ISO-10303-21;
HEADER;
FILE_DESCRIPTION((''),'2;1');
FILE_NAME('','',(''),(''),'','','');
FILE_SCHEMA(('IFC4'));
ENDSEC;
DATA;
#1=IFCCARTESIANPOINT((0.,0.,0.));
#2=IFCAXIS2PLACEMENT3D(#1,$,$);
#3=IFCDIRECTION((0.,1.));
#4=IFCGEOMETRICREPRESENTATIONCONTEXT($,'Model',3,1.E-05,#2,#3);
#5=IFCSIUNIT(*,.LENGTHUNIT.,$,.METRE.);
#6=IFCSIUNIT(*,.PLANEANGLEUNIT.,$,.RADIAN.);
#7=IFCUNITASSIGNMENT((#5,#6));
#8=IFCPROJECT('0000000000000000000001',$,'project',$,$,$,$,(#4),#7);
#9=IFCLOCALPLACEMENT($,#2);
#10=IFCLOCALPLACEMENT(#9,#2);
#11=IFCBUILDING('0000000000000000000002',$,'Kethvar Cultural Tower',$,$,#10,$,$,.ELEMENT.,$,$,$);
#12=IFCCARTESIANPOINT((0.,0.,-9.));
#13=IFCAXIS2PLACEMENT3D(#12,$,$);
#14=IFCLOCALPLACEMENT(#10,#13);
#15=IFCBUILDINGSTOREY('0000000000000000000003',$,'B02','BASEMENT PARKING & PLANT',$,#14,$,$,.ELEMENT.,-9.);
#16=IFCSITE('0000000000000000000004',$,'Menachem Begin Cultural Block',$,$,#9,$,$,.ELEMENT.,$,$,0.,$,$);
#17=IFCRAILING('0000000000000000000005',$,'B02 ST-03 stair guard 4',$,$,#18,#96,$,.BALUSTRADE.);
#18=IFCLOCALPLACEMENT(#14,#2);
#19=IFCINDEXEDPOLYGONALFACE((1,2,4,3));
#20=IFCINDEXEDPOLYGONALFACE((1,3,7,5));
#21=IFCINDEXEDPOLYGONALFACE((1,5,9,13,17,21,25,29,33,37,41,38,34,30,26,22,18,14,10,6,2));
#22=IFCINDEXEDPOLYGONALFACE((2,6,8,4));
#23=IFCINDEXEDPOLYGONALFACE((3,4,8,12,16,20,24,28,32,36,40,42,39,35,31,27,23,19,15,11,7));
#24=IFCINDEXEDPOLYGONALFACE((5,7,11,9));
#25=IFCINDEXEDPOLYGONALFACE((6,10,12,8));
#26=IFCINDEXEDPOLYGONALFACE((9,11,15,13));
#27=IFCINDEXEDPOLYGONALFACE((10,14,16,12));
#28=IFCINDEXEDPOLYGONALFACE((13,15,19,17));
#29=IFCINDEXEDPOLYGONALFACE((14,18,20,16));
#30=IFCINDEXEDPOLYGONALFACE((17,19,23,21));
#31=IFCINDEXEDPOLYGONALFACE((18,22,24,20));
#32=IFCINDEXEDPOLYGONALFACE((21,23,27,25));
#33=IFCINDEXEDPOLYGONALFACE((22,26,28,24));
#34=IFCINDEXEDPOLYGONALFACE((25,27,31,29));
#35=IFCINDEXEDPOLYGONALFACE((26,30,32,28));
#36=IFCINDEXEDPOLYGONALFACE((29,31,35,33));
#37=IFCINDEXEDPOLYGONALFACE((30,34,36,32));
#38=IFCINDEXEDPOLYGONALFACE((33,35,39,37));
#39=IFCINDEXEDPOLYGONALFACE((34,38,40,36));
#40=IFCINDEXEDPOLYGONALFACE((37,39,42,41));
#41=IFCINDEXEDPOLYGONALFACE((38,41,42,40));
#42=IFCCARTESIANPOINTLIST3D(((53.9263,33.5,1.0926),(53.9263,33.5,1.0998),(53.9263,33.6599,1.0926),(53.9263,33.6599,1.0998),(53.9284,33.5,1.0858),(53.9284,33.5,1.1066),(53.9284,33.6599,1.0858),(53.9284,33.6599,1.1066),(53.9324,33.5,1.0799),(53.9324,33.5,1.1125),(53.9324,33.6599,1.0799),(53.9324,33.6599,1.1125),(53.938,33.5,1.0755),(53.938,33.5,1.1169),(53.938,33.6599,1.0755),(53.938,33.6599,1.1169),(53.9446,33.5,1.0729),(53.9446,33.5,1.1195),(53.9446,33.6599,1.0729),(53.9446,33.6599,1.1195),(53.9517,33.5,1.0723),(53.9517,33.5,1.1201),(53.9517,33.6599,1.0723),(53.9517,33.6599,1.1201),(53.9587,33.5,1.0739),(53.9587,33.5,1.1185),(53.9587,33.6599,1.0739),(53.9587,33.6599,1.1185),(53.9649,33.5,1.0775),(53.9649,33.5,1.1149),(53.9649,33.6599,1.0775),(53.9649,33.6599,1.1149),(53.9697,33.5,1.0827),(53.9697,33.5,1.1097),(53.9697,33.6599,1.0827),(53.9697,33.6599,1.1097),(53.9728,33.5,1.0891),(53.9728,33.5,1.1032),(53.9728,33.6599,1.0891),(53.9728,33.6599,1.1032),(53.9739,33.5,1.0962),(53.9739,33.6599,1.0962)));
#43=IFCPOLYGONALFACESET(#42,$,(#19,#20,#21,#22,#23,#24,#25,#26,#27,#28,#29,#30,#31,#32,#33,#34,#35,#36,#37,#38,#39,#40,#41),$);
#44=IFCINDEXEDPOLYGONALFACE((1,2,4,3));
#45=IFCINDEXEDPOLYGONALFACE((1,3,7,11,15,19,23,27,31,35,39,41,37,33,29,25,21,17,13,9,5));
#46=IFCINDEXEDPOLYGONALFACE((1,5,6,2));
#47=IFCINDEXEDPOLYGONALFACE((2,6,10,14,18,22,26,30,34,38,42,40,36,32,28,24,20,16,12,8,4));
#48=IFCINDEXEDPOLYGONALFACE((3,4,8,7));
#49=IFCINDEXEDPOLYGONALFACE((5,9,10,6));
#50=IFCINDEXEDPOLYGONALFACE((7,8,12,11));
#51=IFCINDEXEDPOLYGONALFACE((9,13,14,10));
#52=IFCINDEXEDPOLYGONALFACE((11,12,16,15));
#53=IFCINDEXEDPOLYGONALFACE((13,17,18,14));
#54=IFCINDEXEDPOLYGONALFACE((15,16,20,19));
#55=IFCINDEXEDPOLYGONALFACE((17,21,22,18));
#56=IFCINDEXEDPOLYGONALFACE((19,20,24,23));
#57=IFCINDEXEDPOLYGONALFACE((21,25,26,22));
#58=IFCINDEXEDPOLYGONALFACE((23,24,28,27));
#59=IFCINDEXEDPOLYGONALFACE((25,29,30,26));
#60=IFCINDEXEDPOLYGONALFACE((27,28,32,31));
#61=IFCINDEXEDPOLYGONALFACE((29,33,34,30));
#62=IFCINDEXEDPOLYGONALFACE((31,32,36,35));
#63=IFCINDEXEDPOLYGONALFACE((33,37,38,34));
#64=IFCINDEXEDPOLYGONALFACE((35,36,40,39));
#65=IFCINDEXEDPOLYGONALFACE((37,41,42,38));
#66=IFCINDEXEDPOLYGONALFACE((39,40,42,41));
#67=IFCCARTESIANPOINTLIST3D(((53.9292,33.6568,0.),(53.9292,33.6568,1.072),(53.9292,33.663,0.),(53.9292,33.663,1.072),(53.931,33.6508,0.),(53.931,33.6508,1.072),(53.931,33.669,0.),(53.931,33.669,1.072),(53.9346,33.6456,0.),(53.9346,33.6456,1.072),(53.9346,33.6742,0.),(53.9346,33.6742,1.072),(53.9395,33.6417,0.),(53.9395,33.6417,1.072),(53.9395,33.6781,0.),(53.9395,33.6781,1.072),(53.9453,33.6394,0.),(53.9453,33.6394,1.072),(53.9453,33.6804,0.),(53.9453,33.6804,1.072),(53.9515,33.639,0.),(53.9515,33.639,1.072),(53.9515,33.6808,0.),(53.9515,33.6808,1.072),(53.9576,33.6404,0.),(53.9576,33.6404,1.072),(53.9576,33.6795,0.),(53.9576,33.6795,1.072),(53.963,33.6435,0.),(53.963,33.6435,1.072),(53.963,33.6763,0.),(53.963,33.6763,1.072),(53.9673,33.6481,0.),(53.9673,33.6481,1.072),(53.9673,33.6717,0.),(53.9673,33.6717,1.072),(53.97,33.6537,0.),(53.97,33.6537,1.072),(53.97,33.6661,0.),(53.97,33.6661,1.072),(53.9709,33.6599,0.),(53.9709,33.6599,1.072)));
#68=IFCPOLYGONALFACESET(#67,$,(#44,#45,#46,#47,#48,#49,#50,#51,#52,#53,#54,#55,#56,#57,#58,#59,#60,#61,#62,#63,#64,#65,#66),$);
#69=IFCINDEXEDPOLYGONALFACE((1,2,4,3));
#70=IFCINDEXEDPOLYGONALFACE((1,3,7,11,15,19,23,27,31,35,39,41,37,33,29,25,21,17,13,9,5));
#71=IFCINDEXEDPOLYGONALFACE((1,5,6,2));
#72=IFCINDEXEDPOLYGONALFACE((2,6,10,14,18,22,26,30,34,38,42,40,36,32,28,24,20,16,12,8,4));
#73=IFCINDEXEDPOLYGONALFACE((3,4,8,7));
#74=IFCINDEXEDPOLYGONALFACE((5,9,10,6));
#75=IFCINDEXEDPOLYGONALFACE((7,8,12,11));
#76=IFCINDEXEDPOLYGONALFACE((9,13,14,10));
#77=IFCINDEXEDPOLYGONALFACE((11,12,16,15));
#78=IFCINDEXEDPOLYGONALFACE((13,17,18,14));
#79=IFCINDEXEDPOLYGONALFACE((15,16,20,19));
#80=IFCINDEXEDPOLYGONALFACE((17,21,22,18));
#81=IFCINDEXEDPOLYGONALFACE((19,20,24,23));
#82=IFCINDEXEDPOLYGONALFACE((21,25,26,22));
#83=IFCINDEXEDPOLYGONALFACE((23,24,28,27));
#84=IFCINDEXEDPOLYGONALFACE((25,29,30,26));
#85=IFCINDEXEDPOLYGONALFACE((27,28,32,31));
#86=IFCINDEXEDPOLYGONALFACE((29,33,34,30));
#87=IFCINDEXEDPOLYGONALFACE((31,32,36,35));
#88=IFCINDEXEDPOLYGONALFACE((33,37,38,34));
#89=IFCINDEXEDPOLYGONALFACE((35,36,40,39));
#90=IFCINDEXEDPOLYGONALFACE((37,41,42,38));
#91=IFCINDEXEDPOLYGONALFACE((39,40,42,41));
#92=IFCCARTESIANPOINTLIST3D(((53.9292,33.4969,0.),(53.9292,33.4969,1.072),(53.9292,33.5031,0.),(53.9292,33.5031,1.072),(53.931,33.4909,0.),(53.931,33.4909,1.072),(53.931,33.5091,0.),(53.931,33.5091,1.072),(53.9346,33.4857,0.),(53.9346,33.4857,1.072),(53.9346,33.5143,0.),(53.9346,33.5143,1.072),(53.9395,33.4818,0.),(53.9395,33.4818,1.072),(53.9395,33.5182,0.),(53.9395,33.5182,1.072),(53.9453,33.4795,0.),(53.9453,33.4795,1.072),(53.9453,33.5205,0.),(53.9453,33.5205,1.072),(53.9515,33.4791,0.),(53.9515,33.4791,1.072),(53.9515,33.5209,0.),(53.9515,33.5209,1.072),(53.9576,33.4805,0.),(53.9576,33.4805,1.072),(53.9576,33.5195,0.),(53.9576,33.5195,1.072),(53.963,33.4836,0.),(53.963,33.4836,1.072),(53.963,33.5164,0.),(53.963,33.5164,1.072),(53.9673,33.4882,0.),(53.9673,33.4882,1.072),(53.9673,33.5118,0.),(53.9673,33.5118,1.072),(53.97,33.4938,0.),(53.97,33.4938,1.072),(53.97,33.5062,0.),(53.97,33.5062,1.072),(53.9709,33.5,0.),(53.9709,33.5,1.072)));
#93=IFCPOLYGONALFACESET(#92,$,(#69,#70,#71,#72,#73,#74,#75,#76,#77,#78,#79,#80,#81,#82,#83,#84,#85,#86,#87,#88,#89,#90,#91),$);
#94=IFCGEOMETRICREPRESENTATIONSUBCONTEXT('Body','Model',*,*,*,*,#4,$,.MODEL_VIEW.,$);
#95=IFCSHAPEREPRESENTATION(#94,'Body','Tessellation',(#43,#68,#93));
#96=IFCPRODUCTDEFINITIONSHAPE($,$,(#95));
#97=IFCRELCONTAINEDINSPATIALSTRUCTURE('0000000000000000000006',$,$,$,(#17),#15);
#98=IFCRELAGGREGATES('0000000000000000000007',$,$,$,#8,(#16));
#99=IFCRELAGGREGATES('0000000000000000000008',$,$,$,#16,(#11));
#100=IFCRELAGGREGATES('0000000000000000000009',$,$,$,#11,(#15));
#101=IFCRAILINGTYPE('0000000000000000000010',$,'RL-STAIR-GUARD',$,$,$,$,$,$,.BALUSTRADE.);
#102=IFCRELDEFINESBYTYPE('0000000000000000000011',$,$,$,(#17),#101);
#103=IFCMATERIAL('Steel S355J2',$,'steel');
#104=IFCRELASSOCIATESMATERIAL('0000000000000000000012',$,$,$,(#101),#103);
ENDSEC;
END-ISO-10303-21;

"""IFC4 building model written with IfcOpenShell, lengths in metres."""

from ifc_helpers import new_model, si_unit, direction, frame, origin, origin_2d, place, context, subcontext, project, spatial, circle, extrude, material, type_object, element, save


model = new_model("IFC4")

# Units and contexts
model_context = context("Model", 3, precision=1e-05, world=origin(), true_north=direction((0.0, 1.0)))
body_context = subcontext(model_context, "Body", "Model", "MODEL_VIEW")
ifc_project = project(units=[si_unit("LENGTHUNIT", "METRE"), si_unit("PLANEANGLEUNIT", "RADIAN")], contexts=[model_context])

# Site, building, storey
site_placement = place(None, origin())
site = spatial("IfcSite", under=ifc_project, at=site_placement, Name="Menachem Begin Cultural Block", CompositionType="ELEMENT", RefElevation=0.0)
building_placement = place(site_placement, origin())
building = spatial("IfcBuilding", under=site, at=building_placement, Name="Kethvar Cultural Tower", CompositionType="ELEMENT")
storey_placement = place(building_placement, frame((0.0, 0.0, -9.0)))
storey = spatial("IfcBuildingStorey", under=building, at=storey_placement, Name="B02", Description="BASEMENT PARKING & PLANT", CompositionType="ELEMENT", Elevation=-9.0)

# Shared definitions
ifc_material_1 = material(Name="Steel S355J2", Category="steel")

# Railing
railing_type_1 = type_object("IfcRailingType", Name="RL-STAIR-GUARD", PredefinedType="BALUSTRADE", material=ifc_material_1)
railing_1_placement = place(storey_placement, frame((53.95, 33.6599, 0.0)))
element("IfcRailing", 1, at=railing_1_placement, inside=storey, type_object=railing_type_1, Name="B02 ST-03 stair guard 4", PredefinedType="BALUSTRADE", context=body_context, shape_type="SweptSolid", body=[
    extrude(circle(Radius=0.0239, at=origin_2d()), frame((0.0, 0.0, 1.0962), z_axis=(0.0, -1.0, 0.0), x_axis=(1.0, 0.0, 0.0)), (0.0, 0.0, 1.0), 0.1599),
    extrude(circle(Radius=0.021, at=origin_2d()), origin(), (0.0, 0.0, 1.0), 1.072),
    extrude(circle(Radius=0.021, at=origin_2d()), frame((0.0, -0.1599, 0.0)), (0.0, 0.0, 1.0), 1.072),
])

save(model, "model.ifc")
